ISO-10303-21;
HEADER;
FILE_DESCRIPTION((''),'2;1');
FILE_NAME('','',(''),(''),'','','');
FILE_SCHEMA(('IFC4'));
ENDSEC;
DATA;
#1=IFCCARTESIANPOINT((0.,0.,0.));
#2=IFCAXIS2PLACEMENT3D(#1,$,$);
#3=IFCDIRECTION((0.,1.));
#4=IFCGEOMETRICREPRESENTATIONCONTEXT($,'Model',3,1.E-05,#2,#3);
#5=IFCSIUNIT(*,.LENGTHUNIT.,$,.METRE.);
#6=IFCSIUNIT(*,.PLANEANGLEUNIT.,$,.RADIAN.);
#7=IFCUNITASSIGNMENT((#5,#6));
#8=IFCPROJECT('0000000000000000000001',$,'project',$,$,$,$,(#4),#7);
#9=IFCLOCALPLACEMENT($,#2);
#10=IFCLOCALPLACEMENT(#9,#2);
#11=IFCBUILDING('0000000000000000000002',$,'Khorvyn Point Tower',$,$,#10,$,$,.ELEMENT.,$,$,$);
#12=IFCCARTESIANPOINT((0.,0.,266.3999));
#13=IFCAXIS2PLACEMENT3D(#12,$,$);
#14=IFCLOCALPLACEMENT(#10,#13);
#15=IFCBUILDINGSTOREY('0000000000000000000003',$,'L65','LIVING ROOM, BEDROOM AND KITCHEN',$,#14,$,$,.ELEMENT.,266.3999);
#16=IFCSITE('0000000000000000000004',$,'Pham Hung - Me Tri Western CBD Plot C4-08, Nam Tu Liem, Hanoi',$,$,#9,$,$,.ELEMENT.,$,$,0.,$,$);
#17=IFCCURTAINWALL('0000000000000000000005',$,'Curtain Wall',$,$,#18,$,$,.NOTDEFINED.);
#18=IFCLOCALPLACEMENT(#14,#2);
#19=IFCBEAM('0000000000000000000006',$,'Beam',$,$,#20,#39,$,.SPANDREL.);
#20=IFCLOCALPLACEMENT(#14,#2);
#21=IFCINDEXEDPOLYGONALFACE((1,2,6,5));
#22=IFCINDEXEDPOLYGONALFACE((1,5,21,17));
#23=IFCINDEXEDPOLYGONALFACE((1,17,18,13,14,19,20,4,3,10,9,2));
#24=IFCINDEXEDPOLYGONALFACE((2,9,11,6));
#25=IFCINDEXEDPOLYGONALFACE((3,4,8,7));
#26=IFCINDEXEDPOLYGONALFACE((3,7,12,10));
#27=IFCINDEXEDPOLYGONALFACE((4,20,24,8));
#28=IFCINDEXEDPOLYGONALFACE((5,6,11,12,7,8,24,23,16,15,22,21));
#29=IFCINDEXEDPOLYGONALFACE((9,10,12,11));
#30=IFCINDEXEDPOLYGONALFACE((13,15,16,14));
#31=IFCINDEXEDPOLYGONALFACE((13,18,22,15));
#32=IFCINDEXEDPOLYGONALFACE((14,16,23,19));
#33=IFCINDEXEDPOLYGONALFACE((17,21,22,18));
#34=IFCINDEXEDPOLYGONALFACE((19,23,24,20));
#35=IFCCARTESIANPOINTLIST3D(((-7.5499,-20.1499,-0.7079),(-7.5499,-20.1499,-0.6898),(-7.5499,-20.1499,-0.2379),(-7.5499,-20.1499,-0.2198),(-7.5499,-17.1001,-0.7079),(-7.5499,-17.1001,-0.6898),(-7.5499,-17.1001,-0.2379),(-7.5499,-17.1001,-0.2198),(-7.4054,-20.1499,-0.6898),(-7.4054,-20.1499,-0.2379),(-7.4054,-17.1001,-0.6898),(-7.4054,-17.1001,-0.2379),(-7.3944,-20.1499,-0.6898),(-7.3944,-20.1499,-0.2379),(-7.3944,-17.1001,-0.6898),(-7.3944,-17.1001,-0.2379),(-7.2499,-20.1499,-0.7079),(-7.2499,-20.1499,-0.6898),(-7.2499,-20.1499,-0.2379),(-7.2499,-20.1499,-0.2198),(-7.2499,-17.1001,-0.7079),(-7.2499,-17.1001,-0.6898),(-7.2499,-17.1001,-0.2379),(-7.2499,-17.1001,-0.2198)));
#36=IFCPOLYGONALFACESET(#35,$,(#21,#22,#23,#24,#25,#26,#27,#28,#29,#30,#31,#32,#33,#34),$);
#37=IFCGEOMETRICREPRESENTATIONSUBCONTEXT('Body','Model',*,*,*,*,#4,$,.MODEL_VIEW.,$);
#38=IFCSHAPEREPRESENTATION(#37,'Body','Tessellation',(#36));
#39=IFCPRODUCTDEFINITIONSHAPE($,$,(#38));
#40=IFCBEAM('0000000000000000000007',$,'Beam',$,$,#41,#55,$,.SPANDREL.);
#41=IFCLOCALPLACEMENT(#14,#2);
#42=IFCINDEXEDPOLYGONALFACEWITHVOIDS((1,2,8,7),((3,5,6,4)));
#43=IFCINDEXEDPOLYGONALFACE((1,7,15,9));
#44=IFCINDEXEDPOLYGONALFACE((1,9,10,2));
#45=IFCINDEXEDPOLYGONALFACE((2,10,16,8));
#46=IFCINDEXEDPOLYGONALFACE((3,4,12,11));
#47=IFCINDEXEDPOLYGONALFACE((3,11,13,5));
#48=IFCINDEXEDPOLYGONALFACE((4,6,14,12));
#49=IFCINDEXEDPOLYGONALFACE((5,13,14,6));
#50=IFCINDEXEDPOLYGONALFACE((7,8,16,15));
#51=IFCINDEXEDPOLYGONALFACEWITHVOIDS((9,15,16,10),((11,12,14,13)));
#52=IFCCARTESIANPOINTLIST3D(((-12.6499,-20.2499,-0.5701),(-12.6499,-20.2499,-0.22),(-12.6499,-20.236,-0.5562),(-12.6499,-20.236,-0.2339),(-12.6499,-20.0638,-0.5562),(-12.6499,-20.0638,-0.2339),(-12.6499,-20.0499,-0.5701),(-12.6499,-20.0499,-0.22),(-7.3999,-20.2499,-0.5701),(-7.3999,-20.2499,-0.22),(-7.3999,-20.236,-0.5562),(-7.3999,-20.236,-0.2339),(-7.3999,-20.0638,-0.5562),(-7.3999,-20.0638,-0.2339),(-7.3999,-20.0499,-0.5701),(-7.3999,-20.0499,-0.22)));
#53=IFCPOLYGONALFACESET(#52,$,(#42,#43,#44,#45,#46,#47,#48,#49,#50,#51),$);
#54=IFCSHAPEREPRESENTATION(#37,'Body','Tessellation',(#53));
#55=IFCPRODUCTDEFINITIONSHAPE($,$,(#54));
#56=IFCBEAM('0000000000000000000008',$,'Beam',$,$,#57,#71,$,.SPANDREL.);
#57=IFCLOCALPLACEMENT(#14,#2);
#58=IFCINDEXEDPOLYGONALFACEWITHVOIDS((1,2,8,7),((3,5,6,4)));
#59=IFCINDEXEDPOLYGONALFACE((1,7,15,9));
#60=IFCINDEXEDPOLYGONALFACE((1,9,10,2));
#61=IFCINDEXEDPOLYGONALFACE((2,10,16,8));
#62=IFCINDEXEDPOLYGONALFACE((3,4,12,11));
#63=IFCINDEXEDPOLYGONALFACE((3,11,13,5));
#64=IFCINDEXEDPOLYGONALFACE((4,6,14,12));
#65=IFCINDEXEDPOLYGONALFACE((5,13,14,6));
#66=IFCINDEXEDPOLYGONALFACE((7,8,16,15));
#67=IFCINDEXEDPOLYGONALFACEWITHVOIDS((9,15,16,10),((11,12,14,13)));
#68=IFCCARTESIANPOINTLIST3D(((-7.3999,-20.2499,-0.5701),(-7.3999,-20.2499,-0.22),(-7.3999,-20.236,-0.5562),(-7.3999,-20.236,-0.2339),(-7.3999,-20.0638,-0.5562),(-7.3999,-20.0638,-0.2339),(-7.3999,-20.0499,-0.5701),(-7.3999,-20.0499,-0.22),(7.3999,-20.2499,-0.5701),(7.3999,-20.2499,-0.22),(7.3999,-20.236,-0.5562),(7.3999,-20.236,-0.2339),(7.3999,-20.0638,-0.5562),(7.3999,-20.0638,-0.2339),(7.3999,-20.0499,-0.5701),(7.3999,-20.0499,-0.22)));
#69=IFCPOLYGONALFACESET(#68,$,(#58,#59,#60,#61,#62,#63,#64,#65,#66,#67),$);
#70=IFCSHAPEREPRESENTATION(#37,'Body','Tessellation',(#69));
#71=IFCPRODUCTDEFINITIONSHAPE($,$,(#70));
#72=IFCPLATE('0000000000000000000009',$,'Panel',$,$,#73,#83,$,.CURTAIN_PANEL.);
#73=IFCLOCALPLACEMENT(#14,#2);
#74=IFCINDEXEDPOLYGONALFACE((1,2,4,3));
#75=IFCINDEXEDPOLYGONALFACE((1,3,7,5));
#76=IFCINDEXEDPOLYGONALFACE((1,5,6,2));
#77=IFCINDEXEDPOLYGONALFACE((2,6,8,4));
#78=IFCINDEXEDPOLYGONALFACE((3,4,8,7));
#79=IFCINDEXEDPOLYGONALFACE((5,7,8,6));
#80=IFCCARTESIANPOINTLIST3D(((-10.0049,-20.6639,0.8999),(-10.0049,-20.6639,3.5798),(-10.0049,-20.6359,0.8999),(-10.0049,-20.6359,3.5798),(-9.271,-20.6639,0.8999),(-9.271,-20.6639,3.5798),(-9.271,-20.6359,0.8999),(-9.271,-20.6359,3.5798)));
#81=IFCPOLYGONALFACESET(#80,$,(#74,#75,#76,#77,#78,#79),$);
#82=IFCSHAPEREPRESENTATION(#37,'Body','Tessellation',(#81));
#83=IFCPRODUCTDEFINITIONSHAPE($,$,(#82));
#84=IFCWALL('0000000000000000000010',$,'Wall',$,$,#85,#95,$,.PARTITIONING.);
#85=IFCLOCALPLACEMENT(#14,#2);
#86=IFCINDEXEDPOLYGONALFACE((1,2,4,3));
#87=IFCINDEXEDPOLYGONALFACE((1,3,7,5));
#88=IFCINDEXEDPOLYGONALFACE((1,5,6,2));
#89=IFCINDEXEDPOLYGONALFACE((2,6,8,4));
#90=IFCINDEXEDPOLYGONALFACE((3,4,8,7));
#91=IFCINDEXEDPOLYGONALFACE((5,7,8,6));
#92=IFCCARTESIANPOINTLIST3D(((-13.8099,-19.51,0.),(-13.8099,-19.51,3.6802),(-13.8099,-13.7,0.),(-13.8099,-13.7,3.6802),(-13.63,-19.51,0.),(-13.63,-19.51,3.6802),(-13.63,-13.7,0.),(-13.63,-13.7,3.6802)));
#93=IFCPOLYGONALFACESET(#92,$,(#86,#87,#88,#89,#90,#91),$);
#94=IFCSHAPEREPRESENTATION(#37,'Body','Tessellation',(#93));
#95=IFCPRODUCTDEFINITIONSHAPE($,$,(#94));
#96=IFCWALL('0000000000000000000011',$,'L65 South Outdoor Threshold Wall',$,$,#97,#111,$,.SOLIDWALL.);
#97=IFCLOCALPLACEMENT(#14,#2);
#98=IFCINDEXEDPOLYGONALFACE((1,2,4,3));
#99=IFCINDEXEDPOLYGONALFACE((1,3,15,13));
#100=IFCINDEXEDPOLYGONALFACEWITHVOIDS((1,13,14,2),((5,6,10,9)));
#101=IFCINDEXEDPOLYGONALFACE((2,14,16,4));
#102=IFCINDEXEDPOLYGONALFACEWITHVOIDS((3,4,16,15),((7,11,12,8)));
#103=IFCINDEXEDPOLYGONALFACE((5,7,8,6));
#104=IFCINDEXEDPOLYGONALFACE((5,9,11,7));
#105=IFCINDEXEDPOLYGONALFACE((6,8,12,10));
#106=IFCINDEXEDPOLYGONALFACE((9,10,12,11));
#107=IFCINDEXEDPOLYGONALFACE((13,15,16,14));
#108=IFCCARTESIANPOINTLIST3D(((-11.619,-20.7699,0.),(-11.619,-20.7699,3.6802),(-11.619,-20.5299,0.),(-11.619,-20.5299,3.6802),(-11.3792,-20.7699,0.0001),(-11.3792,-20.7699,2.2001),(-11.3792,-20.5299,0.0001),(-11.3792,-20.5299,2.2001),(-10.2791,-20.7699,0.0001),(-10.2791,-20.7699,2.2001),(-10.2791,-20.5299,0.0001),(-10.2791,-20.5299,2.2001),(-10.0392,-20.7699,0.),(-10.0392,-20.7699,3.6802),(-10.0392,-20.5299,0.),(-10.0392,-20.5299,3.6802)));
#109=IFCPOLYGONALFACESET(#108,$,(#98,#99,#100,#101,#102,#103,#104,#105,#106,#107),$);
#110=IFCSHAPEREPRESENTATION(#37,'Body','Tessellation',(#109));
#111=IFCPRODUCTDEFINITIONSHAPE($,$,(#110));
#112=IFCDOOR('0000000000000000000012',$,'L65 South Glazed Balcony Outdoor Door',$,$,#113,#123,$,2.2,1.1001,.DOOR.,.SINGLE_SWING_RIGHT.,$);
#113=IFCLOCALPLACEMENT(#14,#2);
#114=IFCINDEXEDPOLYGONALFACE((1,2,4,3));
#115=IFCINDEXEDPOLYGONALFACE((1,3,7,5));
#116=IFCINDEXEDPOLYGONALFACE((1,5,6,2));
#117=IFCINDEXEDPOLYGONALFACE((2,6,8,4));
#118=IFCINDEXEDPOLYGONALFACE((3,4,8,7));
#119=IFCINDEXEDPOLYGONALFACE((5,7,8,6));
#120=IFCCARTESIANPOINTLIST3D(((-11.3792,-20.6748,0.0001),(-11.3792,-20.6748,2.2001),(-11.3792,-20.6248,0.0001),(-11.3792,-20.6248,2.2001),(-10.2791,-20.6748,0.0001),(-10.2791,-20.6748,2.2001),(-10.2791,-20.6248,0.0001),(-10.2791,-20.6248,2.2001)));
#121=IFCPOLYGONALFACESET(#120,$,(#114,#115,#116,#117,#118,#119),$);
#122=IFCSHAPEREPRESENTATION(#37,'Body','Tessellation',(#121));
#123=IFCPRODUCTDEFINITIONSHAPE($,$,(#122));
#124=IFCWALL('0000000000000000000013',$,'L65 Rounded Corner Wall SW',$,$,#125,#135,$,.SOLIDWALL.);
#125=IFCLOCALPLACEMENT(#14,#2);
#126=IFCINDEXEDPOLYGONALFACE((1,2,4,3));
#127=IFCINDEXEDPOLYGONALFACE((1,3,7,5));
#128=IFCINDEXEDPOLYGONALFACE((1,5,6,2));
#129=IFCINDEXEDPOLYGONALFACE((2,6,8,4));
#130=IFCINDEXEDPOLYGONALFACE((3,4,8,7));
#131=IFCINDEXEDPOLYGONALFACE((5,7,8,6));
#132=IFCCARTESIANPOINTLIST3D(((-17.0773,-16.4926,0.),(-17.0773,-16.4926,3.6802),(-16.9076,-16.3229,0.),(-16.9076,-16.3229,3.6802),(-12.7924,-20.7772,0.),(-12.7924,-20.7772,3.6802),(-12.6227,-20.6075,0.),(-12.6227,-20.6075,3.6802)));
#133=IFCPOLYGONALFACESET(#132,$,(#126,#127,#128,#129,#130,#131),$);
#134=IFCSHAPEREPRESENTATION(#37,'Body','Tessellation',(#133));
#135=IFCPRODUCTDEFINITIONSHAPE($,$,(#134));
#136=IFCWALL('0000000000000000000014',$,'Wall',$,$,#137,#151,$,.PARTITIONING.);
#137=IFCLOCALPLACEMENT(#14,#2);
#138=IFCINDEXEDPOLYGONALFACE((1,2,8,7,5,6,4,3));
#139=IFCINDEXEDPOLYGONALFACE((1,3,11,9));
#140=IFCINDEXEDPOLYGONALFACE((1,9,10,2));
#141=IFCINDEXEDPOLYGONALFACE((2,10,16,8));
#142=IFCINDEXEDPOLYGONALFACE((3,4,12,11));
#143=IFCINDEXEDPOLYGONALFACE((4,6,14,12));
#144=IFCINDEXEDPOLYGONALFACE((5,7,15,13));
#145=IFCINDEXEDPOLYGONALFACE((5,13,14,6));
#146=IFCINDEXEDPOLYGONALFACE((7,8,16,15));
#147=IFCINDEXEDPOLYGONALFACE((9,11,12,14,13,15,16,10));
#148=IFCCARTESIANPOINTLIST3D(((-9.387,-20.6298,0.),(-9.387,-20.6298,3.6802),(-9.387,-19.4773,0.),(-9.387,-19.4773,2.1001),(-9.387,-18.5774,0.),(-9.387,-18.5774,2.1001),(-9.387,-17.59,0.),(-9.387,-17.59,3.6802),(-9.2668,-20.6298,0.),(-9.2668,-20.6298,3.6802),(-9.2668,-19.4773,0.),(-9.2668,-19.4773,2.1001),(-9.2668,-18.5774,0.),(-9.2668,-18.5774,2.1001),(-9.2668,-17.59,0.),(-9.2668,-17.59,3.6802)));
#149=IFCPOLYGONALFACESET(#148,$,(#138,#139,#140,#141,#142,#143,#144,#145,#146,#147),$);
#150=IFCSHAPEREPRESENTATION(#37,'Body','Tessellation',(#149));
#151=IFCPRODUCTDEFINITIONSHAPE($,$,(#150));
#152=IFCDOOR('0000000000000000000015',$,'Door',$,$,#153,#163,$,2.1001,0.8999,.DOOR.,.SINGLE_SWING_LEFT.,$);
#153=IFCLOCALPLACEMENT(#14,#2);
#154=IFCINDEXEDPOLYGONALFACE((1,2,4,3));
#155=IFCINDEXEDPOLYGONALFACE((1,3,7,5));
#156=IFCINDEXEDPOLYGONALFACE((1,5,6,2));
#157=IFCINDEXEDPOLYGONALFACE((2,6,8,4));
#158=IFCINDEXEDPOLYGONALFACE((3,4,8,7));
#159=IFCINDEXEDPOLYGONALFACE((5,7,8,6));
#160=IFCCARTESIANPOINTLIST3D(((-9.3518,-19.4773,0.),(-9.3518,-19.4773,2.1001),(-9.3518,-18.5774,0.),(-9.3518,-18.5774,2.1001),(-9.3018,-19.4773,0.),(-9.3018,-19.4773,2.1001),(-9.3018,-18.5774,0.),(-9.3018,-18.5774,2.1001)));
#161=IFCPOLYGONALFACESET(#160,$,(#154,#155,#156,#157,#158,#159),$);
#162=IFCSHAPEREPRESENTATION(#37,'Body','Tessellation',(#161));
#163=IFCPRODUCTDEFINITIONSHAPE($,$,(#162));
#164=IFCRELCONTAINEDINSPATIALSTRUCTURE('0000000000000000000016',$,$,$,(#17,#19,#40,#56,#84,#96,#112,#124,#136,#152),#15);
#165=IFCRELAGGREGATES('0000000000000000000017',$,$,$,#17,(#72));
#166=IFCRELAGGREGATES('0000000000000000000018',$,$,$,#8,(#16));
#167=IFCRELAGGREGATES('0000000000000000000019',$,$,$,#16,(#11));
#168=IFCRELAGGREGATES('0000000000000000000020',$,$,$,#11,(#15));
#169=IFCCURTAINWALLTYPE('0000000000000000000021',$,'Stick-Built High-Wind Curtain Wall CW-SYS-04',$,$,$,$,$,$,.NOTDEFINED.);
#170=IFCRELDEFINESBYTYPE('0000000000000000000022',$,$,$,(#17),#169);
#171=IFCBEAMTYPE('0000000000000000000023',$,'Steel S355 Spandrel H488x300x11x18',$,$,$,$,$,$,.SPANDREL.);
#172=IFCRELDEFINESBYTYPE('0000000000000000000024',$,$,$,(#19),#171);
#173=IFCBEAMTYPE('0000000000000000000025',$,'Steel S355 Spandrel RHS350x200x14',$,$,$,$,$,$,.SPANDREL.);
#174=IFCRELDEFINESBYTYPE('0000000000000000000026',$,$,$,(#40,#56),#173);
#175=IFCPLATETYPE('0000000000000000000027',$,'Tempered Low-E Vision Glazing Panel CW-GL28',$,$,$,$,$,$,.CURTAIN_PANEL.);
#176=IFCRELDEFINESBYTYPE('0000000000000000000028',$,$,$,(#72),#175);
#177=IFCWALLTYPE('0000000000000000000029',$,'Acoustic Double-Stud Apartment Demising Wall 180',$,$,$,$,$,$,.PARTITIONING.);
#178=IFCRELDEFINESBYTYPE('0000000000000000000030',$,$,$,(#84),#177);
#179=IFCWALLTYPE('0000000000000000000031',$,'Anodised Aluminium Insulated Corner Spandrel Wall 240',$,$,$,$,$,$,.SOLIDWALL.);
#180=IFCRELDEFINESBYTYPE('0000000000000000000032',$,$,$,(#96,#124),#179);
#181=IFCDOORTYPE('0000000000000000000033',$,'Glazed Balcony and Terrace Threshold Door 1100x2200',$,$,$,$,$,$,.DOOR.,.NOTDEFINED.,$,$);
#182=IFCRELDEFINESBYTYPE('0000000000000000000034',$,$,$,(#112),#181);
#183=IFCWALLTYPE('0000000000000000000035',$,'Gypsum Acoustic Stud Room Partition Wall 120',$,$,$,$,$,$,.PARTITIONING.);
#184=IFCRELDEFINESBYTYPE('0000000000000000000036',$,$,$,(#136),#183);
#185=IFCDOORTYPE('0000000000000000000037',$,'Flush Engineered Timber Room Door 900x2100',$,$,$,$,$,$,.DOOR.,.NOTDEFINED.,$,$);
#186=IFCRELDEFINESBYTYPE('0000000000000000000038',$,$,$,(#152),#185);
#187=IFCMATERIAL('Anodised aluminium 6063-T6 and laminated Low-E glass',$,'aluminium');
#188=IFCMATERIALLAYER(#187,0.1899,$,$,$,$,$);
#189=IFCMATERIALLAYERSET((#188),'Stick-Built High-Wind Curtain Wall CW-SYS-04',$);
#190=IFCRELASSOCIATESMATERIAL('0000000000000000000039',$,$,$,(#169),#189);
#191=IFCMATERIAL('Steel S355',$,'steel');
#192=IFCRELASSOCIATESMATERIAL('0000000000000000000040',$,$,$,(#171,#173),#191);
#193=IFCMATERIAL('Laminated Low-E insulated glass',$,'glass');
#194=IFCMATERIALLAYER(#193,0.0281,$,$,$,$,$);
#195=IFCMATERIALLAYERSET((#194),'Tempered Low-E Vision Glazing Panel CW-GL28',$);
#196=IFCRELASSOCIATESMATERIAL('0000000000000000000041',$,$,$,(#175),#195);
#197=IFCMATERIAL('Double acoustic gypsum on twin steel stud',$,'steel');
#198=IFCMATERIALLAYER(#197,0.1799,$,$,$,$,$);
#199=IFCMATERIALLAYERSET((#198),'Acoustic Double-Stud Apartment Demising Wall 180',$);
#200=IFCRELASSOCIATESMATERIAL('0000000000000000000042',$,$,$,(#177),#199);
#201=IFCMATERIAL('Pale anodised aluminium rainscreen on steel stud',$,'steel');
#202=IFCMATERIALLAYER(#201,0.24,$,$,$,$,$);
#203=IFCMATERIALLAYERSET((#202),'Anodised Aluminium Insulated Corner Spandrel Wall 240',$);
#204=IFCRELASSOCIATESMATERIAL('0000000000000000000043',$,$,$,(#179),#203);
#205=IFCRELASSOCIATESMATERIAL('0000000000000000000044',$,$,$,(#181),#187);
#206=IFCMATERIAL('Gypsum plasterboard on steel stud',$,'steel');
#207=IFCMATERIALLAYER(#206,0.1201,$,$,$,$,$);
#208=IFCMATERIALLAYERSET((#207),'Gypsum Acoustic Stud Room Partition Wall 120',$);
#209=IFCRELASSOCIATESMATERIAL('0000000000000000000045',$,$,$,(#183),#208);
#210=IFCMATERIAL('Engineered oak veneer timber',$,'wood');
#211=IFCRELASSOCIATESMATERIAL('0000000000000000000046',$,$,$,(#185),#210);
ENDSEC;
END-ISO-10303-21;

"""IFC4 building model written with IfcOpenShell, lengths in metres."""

from ifc_helpers import new_model, si_unit, direction, frame, frame_2d, origin, origin_2d, place, context, subcontext, project, spatial, rectangle, hollow_rectangle, i_section, extrude, material, layer, layer_set, material_profile, profile_set, type_object, element, fill, aggregate, save


model = new_model("IFC4")

# Units and contexts
model_context = context("Model", 3, precision=1e-05, world=origin(), true_north=direction((0.0, 1.0)))
body_context = subcontext(model_context, "Body", "Model", "MODEL_VIEW")
ifc_project = project(units=[si_unit("LENGTHUNIT", "METRE"), si_unit("PLANEANGLEUNIT", "RADIAN")], contexts=[model_context])

# Site, building, storey
site_placement = place(None, origin())
site = spatial("IfcSite", under=ifc_project, at=site_placement, Name="Pham Hung - Me Tri Western CBD Plot C4-08, Nam Tu Liem, Hanoi", CompositionType="ELEMENT", RefElevation=0.0)
building_placement = place(site_placement, origin())
building = spatial("IfcBuilding", under=site, at=building_placement, Name="Khorvyn Point Tower", CompositionType="ELEMENT")
storey_placement = place(building_placement, frame((0.0, 0.0, 266.3999)))
storey = spatial("IfcBuildingStorey", under=building, at=storey_placement, Name="L65", Description="LIVING ROOM, BEDROOM AND KITCHEN", CompositionType="ELEMENT", Elevation=266.3999)

# Shared definitions
ifc_material_1 = material(Name="Steel S355", Category="steel")

# Curtain wall
ifc_material_2 = material(Name="Anodised aluminium 6063-T6 and laminated Low-E glass", Category="aluminium")
ifc_layer_1 = layer(ifc_material_2, 0.1899)
ifc_layer_set_1 = layer_set([ifc_layer_1], Name="Stick-Built High-Wind Curtain Wall CW-SYS-04")
curtain_wall_type = type_object("IfcCurtainWallType", Name="Stick-Built High-Wind Curtain Wall CW-SYS-04", PredefinedType="NOTDEFINED", material=ifc_layer_set_1)
curtain_wall_1_placement = place(storey_placement, origin())
curtain_wall_1 = element("IfcCurtainWall", 1, at=curtain_wall_1_placement, inside=storey, type_object=curtain_wall_type, Name="Curtain Wall", PredefinedType="NOTDEFINED")

# Beams
ifc_material_profile_1 = material_profile(ifc_material_1, i_section(OverallWidth=0.3, OverallDepth=0.488, WebThickness=0.011, FlangeThickness=0.0181, at=origin_2d()))
ifc_profile_set_1 = profile_set([ifc_material_profile_1], Name="Steel S355 H488x300x11x18")
beam_type_1 = type_object("IfcBeamType", Name="Steel S355 Spandrel H488x300x11x18", PredefinedType="SPANDREL", material=ifc_profile_set_1)
beam_1_placement = place(storey_placement, frame((-7.3999, -20.1499, -0.4639), z_axis=(0.0, 1.0, 0.0), x_axis=(-1.0, 0.0, 0.0)))
element("IfcBeam", 2, at=beam_1_placement, inside=storey, type_object=beam_type_1, Name="Beam", PredefinedType="SPANDREL", context=body_context, shape_type="SweptSolid", body=[
    extrude(i_section(OverallWidth=0.3, OverallDepth=0.488, WebThickness=0.011, FlangeThickness=0.0181, at=origin_2d()), origin(), (0.0, 0.0, 1.0), 3.0498),
])
ifc_material_profile_2 = material_profile(ifc_material_1, hollow_rectangle(XDim=0.2, YDim=0.3501, WallThickness=0.0139, at=origin_2d()))
ifc_profile_set_2 = profile_set([ifc_material_profile_2], Name="Steel S355 RHS350x200x14")
beam_type_2 = type_object("IfcBeamType", Name="Steel S355 Spandrel RHS350x200x14", PredefinedType="SPANDREL", material=ifc_profile_set_2)
beam_2_placement = place(storey_placement, frame((-12.6499, -20.1499, -0.395), z_axis=(1.0, 0.0, 0.0), x_axis=(0.0, 1.0, 0.0)))
element("IfcBeam", 3, at=beam_2_placement, inside=storey, type_object=beam_type_2, Name="Beam", PredefinedType="SPANDREL", context=body_context, shape_type="SweptSolid", body=[
    extrude(hollow_rectangle(XDim=0.2, YDim=0.3501, WallThickness=0.0139, at=origin_2d()), origin(), (0.0, 0.0, 1.0), 5.25),
])
beam_3_placement = place(storey_placement, frame((-7.3999, -20.1499, -0.395), z_axis=(1.0, 0.0, 0.0), x_axis=(0.0, 1.0, 0.0)))
element("IfcBeam", 4, at=beam_3_placement, inside=storey, type_object=beam_type_2, Name="Beam", PredefinedType="SPANDREL", context=body_context, shape_type="SweptSolid", body=[
    extrude(hollow_rectangle(XDim=0.2, YDim=0.3501, WallThickness=0.0139, at=origin_2d()), origin(), (0.0, 0.0, 1.0), 14.7998),
])

# Plate
ifc_material_3 = material(Name="Laminated Low-E insulated glass", Category="glass")
ifc_layer_2 = layer(ifc_material_3, 0.0281)
ifc_layer_set_2 = layer_set([ifc_layer_2], Name="Tempered Low-E Vision Glazing Panel CW-GL28")
plate_type = type_object("IfcPlateType", Name="Tempered Low-E Vision Glazing Panel CW-GL28", PredefinedType="CURTAIN_PANEL", material=ifc_layer_set_2)
plate_placement = place(storey_placement, frame((-9.6379, -20.6499, 0.8999), z_axis=(0.0, 0.0, 1.0), x_axis=(-1.0, 0.0, 0.0)))
plate = element("IfcPlate", 5, at=plate_placement, type_object=plate_type, Name="Panel", PredefinedType="CURTAIN_PANEL", context=body_context, shape_type="SweptSolid", body=[
    extrude(rectangle(XDim=0.7339, YDim=0.0281, at=origin_2d()), origin(), (0.0, 0.0, 1.0), 2.6799),
])
aggregate(curtain_wall_1, [plate])

# Wall
ifc_material_4 = material(Name="Double acoustic gypsum on twin steel stud", Category="steel")
ifc_layer_3 = layer(ifc_material_4, 0.1799)
ifc_layer_set_3 = layer_set([ifc_layer_3], Name="Acoustic Double-Stud Apartment Demising Wall 180")
wall_type_1 = type_object("IfcWallType", Name="Acoustic Double-Stud Apartment Demising Wall 180", PredefinedType="PARTITIONING", material=ifc_layer_set_3)
wall_1_placement = place(storey_placement, frame((-13.72, -19.51, 0.0), z_axis=(0.0, 0.0, 1.0), x_axis=(0.0, 1.0, 0.0)))
element("IfcWall", 6, at=wall_1_placement, inside=storey, type_object=wall_type_1, Name="Wall", PredefinedType="PARTITIONING", context=body_context, shape_type="SweptSolid", body=[
    extrude(rectangle(XDim=5.8101, YDim=0.1799, at=frame_2d((2.905, 0.0))), origin(), (0.0, 0.0, 1.0), 3.6802),
])

# Wall, opening, door
ifc_material_5 = material(Name="Pale anodised aluminium rainscreen on steel stud", Category="steel")
ifc_layer_4 = layer(ifc_material_5, 0.24)
ifc_layer_set_4 = layer_set([ifc_layer_4], Name="Anodised Aluminium Insulated Corner Spandrel Wall 240")
wall_type_2 = type_object("IfcWallType", Name="Anodised Aluminium Insulated Corner Spandrel Wall 240", PredefinedType="SOLIDWALL", material=ifc_layer_set_4)
wall_2_placement = place(storey_placement, frame((-10.0391, -20.6499, 0.0), z_axis=(0.0, 0.0, 1.0), x_axis=(-1.0, 0.0, 0.0)))
wall_2 = element("IfcWall", 7, at=wall_2_placement, inside=storey, type_object=wall_type_2, Name="L65 South Outdoor Threshold Wall", PredefinedType="SOLIDWALL", context=body_context, shape_type="SweptSolid", body=[
    extrude(rectangle(XDim=1.5798, YDim=0.24, at=frame_2d((0.79, 0.0))), origin(), (0.0, 0.0, 1.0), 3.6802),
])
opening_1_placement = place(wall_2_placement, frame((0.24, 0.0, 0.0)))
opening_1 = element("IfcOpeningElement", 8, at=opening_1_placement, cuts=wall_2, PredefinedType="OPENING", context=body_context, shape_type="SweptSolid", body=[
    extrude(rectangle(XDim=1.1001, YDim=2.2, at=frame_2d((0.55, 1.1001))), frame((0.0, 0.1299, 0.0), z_axis=(0.0, -1.0, 0.0), x_axis=(1.0, 0.0, 0.0)), (0.0, 0.0, 1.0), 0.26),
])
door_type_1 = type_object("IfcDoorType", Name="Glazed Balcony and Terrace Threshold Door 1100x2200", OperationType="NOTDEFINED", PredefinedType="DOOR", material=ifc_material_2)
door_1_placement = place(opening_1_placement, origin())
door_1 = element("IfcDoor", 9, at=door_1_placement, inside=storey, type_object=door_type_1, Name="L65 South Glazed Balcony Outdoor Door", OperationType="SINGLE_SWING_RIGHT", OverallHeight=2.2, OverallWidth=1.1001, PredefinedType="DOOR", context=body_context, shape_type="SweptSolid", body=[
    extrude(rectangle(XDim=1.1001, YDim=2.2, at=frame_2d((0.55, 1.1001))), frame((0.0, 0.0249, 0.0), z_axis=(0.0, -1.0, 0.0), x_axis=(1.0, 0.0, 0.0)), (0.0, 0.0, 1.0), 0.05),
])
fill(opening_1, door_1)

# Wall
wall_3_placement = place(storey_placement, frame((-12.7075, -20.6924, 0.0), z_axis=(0.0, 0.0, 1.0), x_axis=(-0.707127, 0.707087, 0.0)))
element("IfcWall", 10, at=wall_3_placement, inside=storey, type_object=wall_type_2, Name="L65 Rounded Corner Wall SW", PredefinedType="SOLIDWALL", context=body_context, shape_type="SweptSolid", body=[
    extrude(rectangle(XDim=6.0596, YDim=0.24, at=frame_2d((3.0298, 0.0))), origin(), (0.0, 0.0, 1.0), 3.6802),
])

# Wall, opening, door
ifc_material_6 = material(Name="Gypsum plasterboard on steel stud", Category="steel")
ifc_layer_5 = layer(ifc_material_6, 0.1201)
ifc_layer_set_5 = layer_set([ifc_layer_5], Name="Gypsum Acoustic Stud Room Partition Wall 120")
wall_type_3 = type_object("IfcWallType", Name="Gypsum Acoustic Stud Room Partition Wall 120", PredefinedType="PARTITIONING", material=ifc_layer_set_5)
wall_4_placement = place(storey_placement, frame((-9.3269, -20.6299, 0.0), z_axis=(0.0, 0.0, 1.0), x_axis=(0.0, 1.0, 0.0)))
wall_4 = element("IfcWall", 11, at=wall_4_placement, inside=storey, type_object=wall_type_3, Name="Wall", PredefinedType="PARTITIONING", context=body_context, shape_type="SweptSolid", body=[
    extrude(rectangle(XDim=3.0398, YDim=0.1201, at=frame_2d((1.52, 0.0))), origin(), (0.0, 0.0, 1.0), 3.6802),
])
opening_2_placement = place(wall_4_placement, frame((1.1526, 0.0, 0.0)))
opening_2 = element("IfcOpeningElement", 12, at=opening_2_placement, cuts=wall_4, PredefinedType="OPENING", context=body_context, shape_type="SweptSolid", body=[
    extrude(rectangle(XDim=0.8999, YDim=2.1001, at=frame_2d((0.45, 1.05))), frame((0.0, 0.0701, 0.0), z_axis=(0.0, -1.0, 0.0), x_axis=(1.0, 0.0, 0.0)), (0.0, 0.0, 1.0), 0.1401),
])
ifc_material_7 = material(Name="Engineered oak veneer timber", Category="wood")
door_type_2 = type_object("IfcDoorType", Name="Flush Engineered Timber Room Door 900x2100", OperationType="NOTDEFINED", PredefinedType="DOOR", material=ifc_material_7)
door_2_placement = place(opening_2_placement, origin())
door_2 = element("IfcDoor", 13, at=door_2_placement, inside=storey, type_object=door_type_2, Name="Door", OperationType="SINGLE_SWING_LEFT", OverallHeight=2.1001, OverallWidth=0.8999, PredefinedType="DOOR", context=body_context, shape_type="SweptSolid", body=[
    extrude(rectangle(XDim=0.8999, YDim=2.1001, at=frame_2d((0.45, 1.05))), frame((0.0, 0.0249, 0.0), z_axis=(0.0, -1.0, 0.0), x_axis=(1.0, 0.0, 0.0)), (0.0, 0.0, 1.0), 0.05),
])
fill(opening_2, door_2)

save(model, "model.ifc")
